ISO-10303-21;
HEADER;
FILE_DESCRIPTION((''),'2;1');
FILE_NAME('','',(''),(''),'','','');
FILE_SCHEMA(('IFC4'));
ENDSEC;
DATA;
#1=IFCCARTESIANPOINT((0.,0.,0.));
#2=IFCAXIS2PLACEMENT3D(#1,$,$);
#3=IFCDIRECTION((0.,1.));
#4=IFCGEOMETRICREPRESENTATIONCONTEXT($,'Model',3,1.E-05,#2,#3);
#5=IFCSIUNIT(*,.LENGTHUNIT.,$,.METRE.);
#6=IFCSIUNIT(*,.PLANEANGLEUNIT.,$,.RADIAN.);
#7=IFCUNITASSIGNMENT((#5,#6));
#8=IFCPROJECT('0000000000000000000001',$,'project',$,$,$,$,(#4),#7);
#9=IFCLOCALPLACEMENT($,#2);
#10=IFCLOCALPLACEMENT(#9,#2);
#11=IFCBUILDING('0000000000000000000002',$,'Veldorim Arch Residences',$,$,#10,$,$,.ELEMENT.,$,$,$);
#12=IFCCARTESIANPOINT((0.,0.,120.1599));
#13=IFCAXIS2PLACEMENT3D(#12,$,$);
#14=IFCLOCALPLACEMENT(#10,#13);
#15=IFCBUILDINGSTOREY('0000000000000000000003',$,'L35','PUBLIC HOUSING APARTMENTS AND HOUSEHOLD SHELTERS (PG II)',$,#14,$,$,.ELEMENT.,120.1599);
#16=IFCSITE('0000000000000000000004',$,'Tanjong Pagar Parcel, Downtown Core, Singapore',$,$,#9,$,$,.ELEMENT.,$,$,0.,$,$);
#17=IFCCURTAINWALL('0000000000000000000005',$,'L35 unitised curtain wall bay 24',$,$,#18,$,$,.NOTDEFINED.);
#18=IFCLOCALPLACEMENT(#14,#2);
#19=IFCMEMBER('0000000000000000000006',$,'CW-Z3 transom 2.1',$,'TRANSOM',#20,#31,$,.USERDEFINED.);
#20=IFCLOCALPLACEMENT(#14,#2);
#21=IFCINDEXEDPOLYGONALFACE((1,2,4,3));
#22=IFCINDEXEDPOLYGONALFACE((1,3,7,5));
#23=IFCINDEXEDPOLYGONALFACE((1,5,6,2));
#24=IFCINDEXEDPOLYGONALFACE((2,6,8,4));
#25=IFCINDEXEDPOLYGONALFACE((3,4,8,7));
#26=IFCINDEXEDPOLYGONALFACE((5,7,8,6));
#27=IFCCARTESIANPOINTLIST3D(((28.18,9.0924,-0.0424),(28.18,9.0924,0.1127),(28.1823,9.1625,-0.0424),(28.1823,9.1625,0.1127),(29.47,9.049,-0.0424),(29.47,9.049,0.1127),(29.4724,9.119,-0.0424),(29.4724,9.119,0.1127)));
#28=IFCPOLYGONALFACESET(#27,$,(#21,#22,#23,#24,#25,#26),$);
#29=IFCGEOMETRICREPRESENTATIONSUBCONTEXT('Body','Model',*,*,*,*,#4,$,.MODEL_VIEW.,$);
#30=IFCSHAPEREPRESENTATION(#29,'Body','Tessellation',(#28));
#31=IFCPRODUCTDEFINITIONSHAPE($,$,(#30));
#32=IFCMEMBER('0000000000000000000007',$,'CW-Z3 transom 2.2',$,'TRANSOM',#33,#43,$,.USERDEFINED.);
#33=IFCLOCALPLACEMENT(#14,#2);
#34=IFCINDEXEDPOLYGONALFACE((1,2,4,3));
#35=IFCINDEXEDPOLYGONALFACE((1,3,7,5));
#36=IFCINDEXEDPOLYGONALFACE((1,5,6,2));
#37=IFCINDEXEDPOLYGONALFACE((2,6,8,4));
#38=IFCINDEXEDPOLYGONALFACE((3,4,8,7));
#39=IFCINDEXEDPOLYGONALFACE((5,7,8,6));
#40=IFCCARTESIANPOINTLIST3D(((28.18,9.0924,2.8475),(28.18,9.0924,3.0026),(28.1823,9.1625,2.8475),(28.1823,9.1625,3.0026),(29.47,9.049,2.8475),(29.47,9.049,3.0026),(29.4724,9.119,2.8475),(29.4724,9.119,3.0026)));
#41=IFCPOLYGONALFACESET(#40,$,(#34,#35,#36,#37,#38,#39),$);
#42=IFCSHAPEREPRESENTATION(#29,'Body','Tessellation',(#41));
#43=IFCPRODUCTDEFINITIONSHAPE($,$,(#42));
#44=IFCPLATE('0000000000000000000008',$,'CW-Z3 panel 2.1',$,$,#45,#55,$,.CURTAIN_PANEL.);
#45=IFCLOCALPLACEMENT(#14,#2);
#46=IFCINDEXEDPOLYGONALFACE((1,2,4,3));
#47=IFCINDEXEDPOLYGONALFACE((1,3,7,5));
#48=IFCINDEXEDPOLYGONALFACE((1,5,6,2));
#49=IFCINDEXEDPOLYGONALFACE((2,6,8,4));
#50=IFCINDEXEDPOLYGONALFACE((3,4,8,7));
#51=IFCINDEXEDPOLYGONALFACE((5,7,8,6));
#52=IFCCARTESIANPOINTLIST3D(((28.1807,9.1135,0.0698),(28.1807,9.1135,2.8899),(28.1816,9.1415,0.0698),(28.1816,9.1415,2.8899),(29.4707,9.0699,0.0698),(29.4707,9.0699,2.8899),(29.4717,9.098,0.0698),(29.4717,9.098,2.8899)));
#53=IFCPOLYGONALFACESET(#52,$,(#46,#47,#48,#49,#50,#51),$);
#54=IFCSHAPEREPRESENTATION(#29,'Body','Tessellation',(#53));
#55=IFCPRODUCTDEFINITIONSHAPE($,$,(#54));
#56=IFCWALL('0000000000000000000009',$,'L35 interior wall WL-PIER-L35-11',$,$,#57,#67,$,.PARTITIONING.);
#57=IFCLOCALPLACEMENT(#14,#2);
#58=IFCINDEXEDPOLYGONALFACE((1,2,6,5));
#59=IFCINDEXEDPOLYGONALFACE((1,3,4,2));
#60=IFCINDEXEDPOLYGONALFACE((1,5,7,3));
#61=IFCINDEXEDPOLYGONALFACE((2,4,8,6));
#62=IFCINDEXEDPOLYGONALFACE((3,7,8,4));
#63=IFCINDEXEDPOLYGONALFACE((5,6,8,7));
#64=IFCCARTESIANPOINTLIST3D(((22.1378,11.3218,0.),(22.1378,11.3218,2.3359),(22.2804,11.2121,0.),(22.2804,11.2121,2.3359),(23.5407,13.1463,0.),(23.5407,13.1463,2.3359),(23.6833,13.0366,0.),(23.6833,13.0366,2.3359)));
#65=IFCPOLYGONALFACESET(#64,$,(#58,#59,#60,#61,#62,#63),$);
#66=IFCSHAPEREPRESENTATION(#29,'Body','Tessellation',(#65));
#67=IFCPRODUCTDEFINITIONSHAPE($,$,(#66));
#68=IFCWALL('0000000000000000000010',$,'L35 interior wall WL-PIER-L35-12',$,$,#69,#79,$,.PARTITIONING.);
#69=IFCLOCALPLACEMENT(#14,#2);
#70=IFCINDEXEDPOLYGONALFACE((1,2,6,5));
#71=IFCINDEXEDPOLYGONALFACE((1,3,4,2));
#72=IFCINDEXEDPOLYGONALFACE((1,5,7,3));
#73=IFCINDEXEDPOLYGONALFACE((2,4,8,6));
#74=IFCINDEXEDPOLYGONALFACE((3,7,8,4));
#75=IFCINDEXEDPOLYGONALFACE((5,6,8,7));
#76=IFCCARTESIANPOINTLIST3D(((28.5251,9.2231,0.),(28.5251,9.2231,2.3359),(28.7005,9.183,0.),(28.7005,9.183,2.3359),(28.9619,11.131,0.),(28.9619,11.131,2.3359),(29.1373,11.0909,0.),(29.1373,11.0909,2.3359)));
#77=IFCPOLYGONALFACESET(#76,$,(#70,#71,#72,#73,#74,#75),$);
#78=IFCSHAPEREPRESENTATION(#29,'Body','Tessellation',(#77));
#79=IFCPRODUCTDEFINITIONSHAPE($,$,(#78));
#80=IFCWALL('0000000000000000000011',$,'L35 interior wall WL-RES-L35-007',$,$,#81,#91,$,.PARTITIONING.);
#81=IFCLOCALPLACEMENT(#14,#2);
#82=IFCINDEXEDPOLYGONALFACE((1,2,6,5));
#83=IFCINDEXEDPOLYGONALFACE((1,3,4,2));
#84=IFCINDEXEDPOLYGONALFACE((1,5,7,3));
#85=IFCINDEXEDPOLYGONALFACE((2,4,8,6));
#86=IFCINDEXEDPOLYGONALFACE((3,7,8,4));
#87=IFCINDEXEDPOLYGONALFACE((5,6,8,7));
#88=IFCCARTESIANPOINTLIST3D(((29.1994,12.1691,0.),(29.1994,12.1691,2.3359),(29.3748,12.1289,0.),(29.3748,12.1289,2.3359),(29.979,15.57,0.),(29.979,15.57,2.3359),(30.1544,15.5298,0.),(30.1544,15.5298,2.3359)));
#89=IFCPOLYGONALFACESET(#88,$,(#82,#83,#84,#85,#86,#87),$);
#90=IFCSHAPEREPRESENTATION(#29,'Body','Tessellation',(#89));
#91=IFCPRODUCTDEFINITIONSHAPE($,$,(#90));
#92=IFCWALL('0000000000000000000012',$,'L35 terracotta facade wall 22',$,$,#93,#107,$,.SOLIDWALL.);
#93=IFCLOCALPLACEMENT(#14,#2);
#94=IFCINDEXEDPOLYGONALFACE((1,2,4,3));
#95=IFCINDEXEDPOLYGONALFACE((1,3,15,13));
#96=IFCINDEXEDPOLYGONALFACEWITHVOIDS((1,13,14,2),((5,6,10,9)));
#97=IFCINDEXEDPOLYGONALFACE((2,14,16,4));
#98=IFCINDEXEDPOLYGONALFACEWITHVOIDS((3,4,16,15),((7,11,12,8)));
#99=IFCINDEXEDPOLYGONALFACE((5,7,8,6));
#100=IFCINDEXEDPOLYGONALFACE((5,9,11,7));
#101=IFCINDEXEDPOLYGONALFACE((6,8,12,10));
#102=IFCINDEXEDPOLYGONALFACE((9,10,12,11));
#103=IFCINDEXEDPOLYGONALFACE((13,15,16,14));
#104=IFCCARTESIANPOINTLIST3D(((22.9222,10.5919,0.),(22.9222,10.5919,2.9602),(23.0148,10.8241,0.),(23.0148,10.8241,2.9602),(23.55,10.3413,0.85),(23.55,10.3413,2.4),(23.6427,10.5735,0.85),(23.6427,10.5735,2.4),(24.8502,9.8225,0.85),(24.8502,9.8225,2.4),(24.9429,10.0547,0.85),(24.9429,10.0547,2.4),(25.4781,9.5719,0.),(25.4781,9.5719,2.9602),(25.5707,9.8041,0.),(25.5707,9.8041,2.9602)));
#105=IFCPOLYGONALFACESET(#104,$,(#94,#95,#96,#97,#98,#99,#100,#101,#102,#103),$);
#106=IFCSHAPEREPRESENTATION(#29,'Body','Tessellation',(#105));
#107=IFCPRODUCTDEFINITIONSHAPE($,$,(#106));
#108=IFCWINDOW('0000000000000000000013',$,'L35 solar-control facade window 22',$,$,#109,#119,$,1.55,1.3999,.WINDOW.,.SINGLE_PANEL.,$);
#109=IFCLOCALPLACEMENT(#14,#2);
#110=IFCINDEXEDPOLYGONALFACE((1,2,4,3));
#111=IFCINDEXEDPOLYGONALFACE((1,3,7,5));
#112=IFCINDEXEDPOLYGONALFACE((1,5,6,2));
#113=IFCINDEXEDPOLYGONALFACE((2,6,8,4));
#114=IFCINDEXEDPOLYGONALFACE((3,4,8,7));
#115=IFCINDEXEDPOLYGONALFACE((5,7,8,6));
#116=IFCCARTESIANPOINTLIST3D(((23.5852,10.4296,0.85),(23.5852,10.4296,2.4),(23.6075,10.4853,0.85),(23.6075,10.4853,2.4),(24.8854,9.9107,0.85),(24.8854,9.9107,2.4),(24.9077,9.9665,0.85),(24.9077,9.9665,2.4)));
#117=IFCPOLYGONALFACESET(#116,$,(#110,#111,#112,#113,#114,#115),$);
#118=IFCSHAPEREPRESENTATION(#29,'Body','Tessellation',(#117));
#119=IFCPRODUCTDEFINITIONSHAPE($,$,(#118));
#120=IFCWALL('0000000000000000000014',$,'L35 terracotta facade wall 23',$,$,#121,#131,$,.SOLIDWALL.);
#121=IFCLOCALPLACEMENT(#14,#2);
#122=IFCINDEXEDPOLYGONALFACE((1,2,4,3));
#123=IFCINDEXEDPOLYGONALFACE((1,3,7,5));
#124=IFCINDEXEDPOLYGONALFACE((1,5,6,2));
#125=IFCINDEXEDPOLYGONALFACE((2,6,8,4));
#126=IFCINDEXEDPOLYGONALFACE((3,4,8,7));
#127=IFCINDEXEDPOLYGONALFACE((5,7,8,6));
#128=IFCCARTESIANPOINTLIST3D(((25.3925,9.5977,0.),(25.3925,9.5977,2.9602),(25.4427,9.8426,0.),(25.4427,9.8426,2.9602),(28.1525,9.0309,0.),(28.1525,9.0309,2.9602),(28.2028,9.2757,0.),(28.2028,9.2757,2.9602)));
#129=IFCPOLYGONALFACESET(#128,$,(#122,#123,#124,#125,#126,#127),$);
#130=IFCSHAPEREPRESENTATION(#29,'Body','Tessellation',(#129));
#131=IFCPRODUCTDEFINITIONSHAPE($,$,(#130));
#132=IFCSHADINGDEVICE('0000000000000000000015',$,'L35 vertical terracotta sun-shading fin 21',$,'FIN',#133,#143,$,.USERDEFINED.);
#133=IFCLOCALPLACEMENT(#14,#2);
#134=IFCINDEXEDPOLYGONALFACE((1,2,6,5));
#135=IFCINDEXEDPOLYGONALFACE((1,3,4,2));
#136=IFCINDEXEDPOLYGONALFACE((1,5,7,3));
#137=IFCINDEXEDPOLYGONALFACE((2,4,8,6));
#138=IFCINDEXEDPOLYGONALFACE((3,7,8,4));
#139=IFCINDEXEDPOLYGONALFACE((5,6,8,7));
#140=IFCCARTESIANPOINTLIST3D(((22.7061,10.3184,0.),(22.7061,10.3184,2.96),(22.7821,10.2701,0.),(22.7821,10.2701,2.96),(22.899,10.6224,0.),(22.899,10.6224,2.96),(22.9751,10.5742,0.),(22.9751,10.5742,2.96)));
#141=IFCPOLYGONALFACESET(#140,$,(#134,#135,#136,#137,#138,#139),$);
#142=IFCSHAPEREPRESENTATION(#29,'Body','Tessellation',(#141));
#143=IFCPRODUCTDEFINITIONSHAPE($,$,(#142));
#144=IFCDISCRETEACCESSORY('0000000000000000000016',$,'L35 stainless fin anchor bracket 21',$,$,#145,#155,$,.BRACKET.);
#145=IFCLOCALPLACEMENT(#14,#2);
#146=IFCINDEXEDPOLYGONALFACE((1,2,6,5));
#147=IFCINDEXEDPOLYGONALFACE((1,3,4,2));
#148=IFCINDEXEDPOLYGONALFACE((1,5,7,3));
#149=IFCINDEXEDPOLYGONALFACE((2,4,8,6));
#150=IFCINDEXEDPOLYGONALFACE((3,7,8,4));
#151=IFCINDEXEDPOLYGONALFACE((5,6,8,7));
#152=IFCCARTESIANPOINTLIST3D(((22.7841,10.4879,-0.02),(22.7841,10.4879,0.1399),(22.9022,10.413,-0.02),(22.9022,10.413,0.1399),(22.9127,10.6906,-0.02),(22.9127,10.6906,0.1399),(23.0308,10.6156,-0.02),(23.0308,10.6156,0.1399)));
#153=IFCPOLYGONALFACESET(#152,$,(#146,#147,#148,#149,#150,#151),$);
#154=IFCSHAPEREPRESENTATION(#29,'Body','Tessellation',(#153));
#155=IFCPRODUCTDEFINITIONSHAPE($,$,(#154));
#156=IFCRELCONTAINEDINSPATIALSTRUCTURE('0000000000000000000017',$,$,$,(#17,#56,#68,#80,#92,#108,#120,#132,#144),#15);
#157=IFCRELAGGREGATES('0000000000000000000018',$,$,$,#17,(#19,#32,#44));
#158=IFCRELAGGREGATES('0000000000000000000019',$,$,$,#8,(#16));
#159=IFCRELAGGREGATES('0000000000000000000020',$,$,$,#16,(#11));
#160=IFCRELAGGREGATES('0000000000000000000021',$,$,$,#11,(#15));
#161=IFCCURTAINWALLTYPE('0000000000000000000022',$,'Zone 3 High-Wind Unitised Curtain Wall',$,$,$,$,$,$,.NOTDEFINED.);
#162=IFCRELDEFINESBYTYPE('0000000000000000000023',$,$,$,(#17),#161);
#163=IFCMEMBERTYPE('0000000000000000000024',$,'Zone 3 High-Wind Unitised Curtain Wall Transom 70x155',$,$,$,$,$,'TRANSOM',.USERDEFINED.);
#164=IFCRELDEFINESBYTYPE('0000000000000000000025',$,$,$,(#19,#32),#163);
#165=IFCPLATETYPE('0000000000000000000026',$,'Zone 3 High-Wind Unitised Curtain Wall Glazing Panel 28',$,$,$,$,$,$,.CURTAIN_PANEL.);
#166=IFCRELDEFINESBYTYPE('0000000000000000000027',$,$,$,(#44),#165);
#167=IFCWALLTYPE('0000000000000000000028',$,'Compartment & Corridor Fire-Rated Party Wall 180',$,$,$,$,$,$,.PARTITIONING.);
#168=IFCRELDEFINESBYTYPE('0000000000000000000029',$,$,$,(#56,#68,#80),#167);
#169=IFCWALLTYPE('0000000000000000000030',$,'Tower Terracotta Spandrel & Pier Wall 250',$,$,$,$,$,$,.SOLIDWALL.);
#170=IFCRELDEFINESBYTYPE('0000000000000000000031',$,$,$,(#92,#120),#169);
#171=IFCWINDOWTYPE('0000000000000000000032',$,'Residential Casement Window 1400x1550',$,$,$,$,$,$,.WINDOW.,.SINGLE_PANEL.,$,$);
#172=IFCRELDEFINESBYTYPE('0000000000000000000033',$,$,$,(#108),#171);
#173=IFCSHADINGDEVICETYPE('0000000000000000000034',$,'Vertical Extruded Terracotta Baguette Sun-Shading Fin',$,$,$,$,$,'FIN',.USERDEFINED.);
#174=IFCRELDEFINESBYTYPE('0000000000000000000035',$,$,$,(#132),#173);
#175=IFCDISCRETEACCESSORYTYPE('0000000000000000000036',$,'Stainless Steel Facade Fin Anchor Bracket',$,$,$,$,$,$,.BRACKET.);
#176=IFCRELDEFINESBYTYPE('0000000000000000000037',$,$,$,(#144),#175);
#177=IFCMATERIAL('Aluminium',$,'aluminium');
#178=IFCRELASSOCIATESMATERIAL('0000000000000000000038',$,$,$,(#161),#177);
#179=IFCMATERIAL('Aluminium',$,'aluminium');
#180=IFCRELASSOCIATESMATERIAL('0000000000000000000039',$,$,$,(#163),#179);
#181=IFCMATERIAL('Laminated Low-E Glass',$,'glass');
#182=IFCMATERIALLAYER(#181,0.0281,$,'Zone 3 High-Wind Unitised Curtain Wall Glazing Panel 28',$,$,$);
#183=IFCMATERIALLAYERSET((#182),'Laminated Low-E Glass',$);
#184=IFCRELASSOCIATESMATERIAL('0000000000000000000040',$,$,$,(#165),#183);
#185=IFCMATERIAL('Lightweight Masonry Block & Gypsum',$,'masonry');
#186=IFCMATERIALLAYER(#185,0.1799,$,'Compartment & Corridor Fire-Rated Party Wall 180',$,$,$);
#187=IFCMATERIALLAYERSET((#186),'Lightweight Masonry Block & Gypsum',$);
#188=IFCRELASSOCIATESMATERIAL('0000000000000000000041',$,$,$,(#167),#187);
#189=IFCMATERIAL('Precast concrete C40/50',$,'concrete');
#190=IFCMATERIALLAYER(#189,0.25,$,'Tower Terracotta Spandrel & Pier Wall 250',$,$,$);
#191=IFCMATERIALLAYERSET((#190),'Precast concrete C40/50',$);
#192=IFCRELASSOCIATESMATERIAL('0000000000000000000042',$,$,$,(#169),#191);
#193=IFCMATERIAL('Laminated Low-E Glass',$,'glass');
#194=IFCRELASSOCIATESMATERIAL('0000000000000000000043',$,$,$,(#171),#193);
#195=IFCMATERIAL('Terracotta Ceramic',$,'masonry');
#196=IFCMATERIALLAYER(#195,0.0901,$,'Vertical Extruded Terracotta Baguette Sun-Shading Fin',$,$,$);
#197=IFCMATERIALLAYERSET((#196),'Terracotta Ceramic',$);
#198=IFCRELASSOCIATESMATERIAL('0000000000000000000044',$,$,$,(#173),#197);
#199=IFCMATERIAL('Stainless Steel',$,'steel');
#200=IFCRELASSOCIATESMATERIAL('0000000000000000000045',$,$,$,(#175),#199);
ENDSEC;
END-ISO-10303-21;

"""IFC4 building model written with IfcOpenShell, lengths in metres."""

from ifc_helpers import new_model, si_unit, direction, frame, frame_2d, origin, origin_2d, place, context, subcontext, project, spatial, rectangle, extrude, material, layer, layer_set, material_profile, profile_set, type_object, element, fill, aggregate, save


model = new_model("IFC4")

# Units and contexts
model_context = context("Model", 3, precision=1e-05, world=origin(), true_north=direction((0.0, 1.0)))
body_context = subcontext(model_context, "Body", "Model", "MODEL_VIEW")
ifc_project = project(units=[si_unit("LENGTHUNIT", "METRE"), si_unit("PLANEANGLEUNIT", "RADIAN")], contexts=[model_context])

# Site, building, storey
site_placement = place(None, origin())
site = spatial("IfcSite", under=ifc_project, at=site_placement, Name="Tanjong Pagar Parcel, Downtown Core, Singapore", CompositionType="ELEMENT", RefElevation=0.0)
building_placement = place(site_placement, origin())
building = spatial("IfcBuilding", under=site, at=building_placement, Name="Veldorim Arch Residences", CompositionType="ELEMENT")
storey_placement = place(building_placement, frame((0.0, 0.0, 120.1599)))
storey = spatial("IfcBuildingStorey", under=building, at=storey_placement, Name="L35", Description="PUBLIC HOUSING APARTMENTS AND HOUSEHOLD SHELTERS (PG II)", CompositionType="ELEMENT", Elevation=120.1599)

# Shared definitions
ifc_material_1 = material(Name="Aluminium", Category="aluminium")
curtain_wall_type = type_object("IfcCurtainWallType", Name="Zone 3 High-Wind Unitised Curtain Wall", PredefinedType="NOTDEFINED", material=ifc_material_1)

# Curtain wall
curtain_wall_1_placement = place(storey_placement, origin())
curtain_wall_1 = element("IfcCurtainWall", 1, at=curtain_wall_1_placement, inside=storey, type_object=curtain_wall_type, Name="L35 unitised curtain wall bay 24", PredefinedType="NOTDEFINED")

# Members
ifc_material_2 = material(Name="Aluminium", Category="aluminium")
ifc_material_profile_1 = material_profile(ifc_material_2, rectangle(XDim=0.0701, YDim=0.155, at=origin_2d()), Name="ALU_TRN_70x155")
ifc_profile_set_1 = profile_set([ifc_material_profile_1], Name="Aluminium")
member_type_1 = type_object("IfcMemberType", Name="Zone 3 High-Wind Unitised Curtain Wall Transom 70x155", ElementType="TRANSOM", PredefinedType="USERDEFINED", material=ifc_profile_set_1)
member_1_placement = place(storey_placement, frame((29.4712, 9.084, 0.0352), z_axis=(-0.999433, 0.033668, 0.0), x_axis=(-0.033668, -0.999433, 0.0)))
member_1 = element("IfcMember", 2, at=member_1_placement, type_object=member_type_1, Name="CW-Z3 transom 2.1", ObjectType="TRANSOM", PredefinedType="USERDEFINED", context=body_context, shape_type="SweptSolid", body=[
    extrude(rectangle(XDim=0.0701, YDim=0.155, at=origin_2d()), origin(), (0.0, 0.0, 1.0), 1.2908),
])
member_2_placement = place(storey_placement, frame((29.4712, 9.084, 2.925), z_axis=(-0.999433, 0.033668, 0.0), x_axis=(-0.033668, -0.999433, 0.0)))
member_2 = element("IfcMember", 3, at=member_2_placement, type_object=member_type_1, Name="CW-Z3 transom 2.2", ObjectType="TRANSOM", PredefinedType="USERDEFINED", context=body_context, shape_type="SweptSolid", body=[
    extrude(rectangle(XDim=0.0701, YDim=0.155, at=origin_2d()), origin(), (0.0, 0.0, 1.0), 1.2908),
])

# Plate
ifc_material_3 = material(Name="Laminated Low-E Glass", Category="glass")
ifc_layer_1 = layer(ifc_material_3, 0.0281, Name="Zone 3 High-Wind Unitised Curtain Wall Glazing Panel 28")
ifc_layer_set_1 = layer_set([ifc_layer_1], Name="Laminated Low-E Glass")
plate_type = type_object("IfcPlateType", Name="Zone 3 High-Wind Unitised Curtain Wall Glazing Panel 28", PredefinedType="CURTAIN_PANEL", material=ifc_layer_set_1)
plate_placement = place(storey_placement, frame((28.8262, 9.1057, 0.0698), z_axis=(0.0, 0.0, 1.0), x_axis=(-0.999431, 0.033743, 0.0)))
plate = element("IfcPlate", 4, at=plate_placement, type_object=plate_type, Name="CW-Z3 panel 2.1", PredefinedType="CURTAIN_PANEL", context=body_context, shape_type="SweptSolid", body=[
    extrude(rectangle(XDim=1.2908, YDim=0.0281, at=origin_2d()), origin(), (0.0, 0.0, 1.0), 2.8201),
])
aggregate(curtain_wall_1, [member_1, member_2, plate])

# Walls
ifc_material_4 = material(Name="Lightweight Masonry Block & Gypsum", Category="masonry")
ifc_layer_2 = layer(ifc_material_4, 0.1799, Name="Compartment & Corridor Fire-Rated Party Wall 180")
ifc_layer_set_2 = layer_set([ifc_layer_2], Name="Lightweight Masonry Block & Gypsum")
wall_type_1 = type_object("IfcWallType", Name="Compartment & Corridor Fire-Rated Party Wall 180", PredefinedType="PARTITIONING", material=ifc_layer_set_2)
wall_1_placement = place(storey_placement, frame((23.6121, 13.0916, 0.0), z_axis=(0.0, 0.0, 1.0), x_axis=(-0.609547, -0.79275, 0.0)))
element("IfcWall", 5, at=wall_1_placement, inside=storey, type_object=wall_type_1, Name="L35 interior wall WL-PIER-L35-11", PredefinedType="PARTITIONING", context=body_context, shape_type="SweptSolid", body=[
    extrude(rectangle(XDim=2.3015, YDim=0.1799, at=frame_2d((1.1509, 0.0))), origin(), (0.0, 0.0, 1.0), 2.3359),
])
wall_2_placement = place(storey_placement, frame((29.0496, 11.1108, 0.0), z_axis=(0.0, 0.0, 1.0), x_axis=(-0.223147, -0.974785, 0.0)))
element("IfcWall", 6, at=wall_2_placement, inside=storey, type_object=wall_type_1, Name="L35 interior wall WL-PIER-L35-12", PredefinedType="PARTITIONING", context=body_context, shape_type="SweptSolid", body=[
    extrude(rectangle(XDim=1.9573, YDim=0.1799, at=frame_2d((0.9785, 0.0))), origin(), (0.0, 0.0, 1.0), 2.3359),
])
wall_3_placement = place(storey_placement, frame((29.2871, 12.1489, 0.0), z_axis=(0.0, 0.0, 1.0), x_axis=(0.223423, 0.974722, 0.0)))
element("IfcWall", 7, at=wall_3_placement, inside=storey, type_object=wall_type_1, Name="L35 interior wall WL-RES-L35-007", PredefinedType="PARTITIONING", context=body_context, shape_type="SweptSolid", body=[
    extrude(rectangle(XDim=3.489, YDim=0.1799, at=frame_2d((1.7446, 0.0))), origin(), (0.0, 0.0, 1.0), 2.3359),
])

# Wall, opening, window
ifc_material_5 = material(Name="Precast concrete C40/50", Category="concrete")
ifc_layer_3 = layer(ifc_material_5, 0.25, Name="Tower Terracotta Spandrel & Pier Wall 250")
ifc_layer_set_3 = layer_set([ifc_layer_3], Name="Precast concrete C40/50")
wall_type_2 = type_object("IfcWallType", Name="Tower Terracotta Spandrel & Pier Wall 250", PredefinedType="SOLIDWALL", material=ifc_layer_set_3)
wall_4_placement = place(storey_placement, frame((25.5244, 9.688, 0.0), z_axis=(0.0, 0.0, 1.0), x_axis=(-0.92877, 0.370656, 0.0)))
wall_4 = element("IfcWall", 8, at=wall_4_placement, inside=storey, type_object=wall_type_2, Name="L35 terracotta facade wall 22", PredefinedType="SOLIDWALL", context=body_context, shape_type="SweptSolid", body=[
    extrude(rectangle(XDim=2.752, YDim=0.25, at=frame_2d((1.376, 0.0))), origin(), (0.0, 0.0, 1.0), 2.9602),
])
opening_placement = place(wall_4_placement, frame((0.676, 0.0, 0.8501)))
opening = element("IfcOpeningElement", 9, at=opening_placement, cuts=wall_4, PredefinedType="OPENING", context=body_context, shape_type="SweptSolid", body=[
    extrude(rectangle(XDim=1.3999, YDim=1.55, at=frame_2d((0.7, 0.7749))), frame((0.0, 0.135, 0.0), z_axis=(0.0, -1.0, 0.0), x_axis=(1.0, 0.0, 0.0)), (0.0, 0.0, 1.0), 0.27),
])
ifc_material_6 = material(Name="Laminated Low-E Glass", Category="glass")
window_type = type_object("IfcWindowType", Name="Residential Casement Window 1400x1550", PartitioningType="SINGLE_PANEL", PredefinedType="WINDOW", material=ifc_material_6)
window_placement = place(opening_placement, origin())
window = element("IfcWindow", 10, at=window_placement, inside=storey, type_object=window_type, Name="L35 solar-control facade window 22", OverallHeight=1.55, OverallWidth=1.3999, PartitioningType="SINGLE_PANEL", PredefinedType="WINDOW", context=body_context, shape_type="SweptSolid", body=[
    extrude(rectangle(XDim=1.3999, YDim=1.55, at=frame_2d((0.7, 0.7749))), frame((0.0, 0.03, 0.0), z_axis=(0.0, -1.0, 0.0), x_axis=(1.0, 0.0, 0.0)), (0.0, 0.0, 1.0), 0.0601),
])
fill(opening, window)

# Wall
wall_5_placement = place(storey_placement, frame((28.1775, 9.1533, 0.0), z_axis=(0.0, 0.0, 1.0), x_axis=(-0.979551, 0.201196, 0.0)))
element("IfcWall", 11, at=wall_5_placement, inside=storey, type_object=wall_type_2, Name="L35 terracotta facade wall 23", PredefinedType="SOLIDWALL", context=body_context, shape_type="SweptSolid", body=[
    extrude(rectangle(XDim=2.8176, YDim=0.25, at=frame_2d((1.4087, 0.0))), origin(), (0.0, 0.0, 1.0), 2.9602),
])

# Shading device
ifc_material_7 = material(Name="Terracotta Ceramic", Category="masonry")
ifc_layer_4 = layer(ifc_material_7, 0.0901, Name="Vertical Extruded Terracotta Baguette Sun-Shading Fin")
ifc_layer_set_4 = layer_set([ifc_layer_4], Name="Terracotta Ceramic")
shading_device_type = type_object("IfcShadingDeviceType", Name="Vertical Extruded Terracotta Baguette Sun-Shading Fin", ElementType="FIN", PredefinedType="USERDEFINED", material=ifc_layer_set_4)
shading_device_placement = place(storey_placement, frame((22.8406, 10.4463, 0.0), z_axis=(0.0, 0.0, 1.0), x_axis=(-0.844328, 0.535827, 0.0)))
element("IfcShadingDevice", 12, at=shading_device_placement, inside=storey, type_object=shading_device_type, Name="L35 vertical terracotta sun-shading fin 21", ObjectType="FIN", PredefinedType="USERDEFINED", context=body_context, shape_type="SweptSolid", body=[
    extrude(rectangle(XDim=0.0901, YDim=0.3601, at=origin_2d()), origin(), (0.0, 0.0, 1.0), 2.96),
])

# Discrete accessory
ifc_material_8 = material(Name="Stainless Steel", Category="steel")
discrete_accessory_type = type_object("IfcDiscreteAccessoryType", Name="Stainless Steel Facade Fin Anchor Bracket", PredefinedType="BRACKET", material=ifc_material_8)
discrete_accessory_placement = place(storey_placement, frame((22.9075, 10.5518, -0.02), z_axis=(0.0, 0.0, 1.0), x_axis=(-0.844328, 0.535827, 0.0)))
element("IfcDiscreteAccessory", 13, at=discrete_accessory_placement, inside=storey, type_object=discrete_accessory_type, Name="L35 stainless fin anchor bracket 21", PredefinedType="BRACKET", context=body_context, shape_type="SweptSolid", body=[
    extrude(rectangle(XDim=0.1399, YDim=0.24, at=origin_2d()), origin(), (0.0, 0.0, 1.0), 0.1599),
])

save(model, "model.ifc")
